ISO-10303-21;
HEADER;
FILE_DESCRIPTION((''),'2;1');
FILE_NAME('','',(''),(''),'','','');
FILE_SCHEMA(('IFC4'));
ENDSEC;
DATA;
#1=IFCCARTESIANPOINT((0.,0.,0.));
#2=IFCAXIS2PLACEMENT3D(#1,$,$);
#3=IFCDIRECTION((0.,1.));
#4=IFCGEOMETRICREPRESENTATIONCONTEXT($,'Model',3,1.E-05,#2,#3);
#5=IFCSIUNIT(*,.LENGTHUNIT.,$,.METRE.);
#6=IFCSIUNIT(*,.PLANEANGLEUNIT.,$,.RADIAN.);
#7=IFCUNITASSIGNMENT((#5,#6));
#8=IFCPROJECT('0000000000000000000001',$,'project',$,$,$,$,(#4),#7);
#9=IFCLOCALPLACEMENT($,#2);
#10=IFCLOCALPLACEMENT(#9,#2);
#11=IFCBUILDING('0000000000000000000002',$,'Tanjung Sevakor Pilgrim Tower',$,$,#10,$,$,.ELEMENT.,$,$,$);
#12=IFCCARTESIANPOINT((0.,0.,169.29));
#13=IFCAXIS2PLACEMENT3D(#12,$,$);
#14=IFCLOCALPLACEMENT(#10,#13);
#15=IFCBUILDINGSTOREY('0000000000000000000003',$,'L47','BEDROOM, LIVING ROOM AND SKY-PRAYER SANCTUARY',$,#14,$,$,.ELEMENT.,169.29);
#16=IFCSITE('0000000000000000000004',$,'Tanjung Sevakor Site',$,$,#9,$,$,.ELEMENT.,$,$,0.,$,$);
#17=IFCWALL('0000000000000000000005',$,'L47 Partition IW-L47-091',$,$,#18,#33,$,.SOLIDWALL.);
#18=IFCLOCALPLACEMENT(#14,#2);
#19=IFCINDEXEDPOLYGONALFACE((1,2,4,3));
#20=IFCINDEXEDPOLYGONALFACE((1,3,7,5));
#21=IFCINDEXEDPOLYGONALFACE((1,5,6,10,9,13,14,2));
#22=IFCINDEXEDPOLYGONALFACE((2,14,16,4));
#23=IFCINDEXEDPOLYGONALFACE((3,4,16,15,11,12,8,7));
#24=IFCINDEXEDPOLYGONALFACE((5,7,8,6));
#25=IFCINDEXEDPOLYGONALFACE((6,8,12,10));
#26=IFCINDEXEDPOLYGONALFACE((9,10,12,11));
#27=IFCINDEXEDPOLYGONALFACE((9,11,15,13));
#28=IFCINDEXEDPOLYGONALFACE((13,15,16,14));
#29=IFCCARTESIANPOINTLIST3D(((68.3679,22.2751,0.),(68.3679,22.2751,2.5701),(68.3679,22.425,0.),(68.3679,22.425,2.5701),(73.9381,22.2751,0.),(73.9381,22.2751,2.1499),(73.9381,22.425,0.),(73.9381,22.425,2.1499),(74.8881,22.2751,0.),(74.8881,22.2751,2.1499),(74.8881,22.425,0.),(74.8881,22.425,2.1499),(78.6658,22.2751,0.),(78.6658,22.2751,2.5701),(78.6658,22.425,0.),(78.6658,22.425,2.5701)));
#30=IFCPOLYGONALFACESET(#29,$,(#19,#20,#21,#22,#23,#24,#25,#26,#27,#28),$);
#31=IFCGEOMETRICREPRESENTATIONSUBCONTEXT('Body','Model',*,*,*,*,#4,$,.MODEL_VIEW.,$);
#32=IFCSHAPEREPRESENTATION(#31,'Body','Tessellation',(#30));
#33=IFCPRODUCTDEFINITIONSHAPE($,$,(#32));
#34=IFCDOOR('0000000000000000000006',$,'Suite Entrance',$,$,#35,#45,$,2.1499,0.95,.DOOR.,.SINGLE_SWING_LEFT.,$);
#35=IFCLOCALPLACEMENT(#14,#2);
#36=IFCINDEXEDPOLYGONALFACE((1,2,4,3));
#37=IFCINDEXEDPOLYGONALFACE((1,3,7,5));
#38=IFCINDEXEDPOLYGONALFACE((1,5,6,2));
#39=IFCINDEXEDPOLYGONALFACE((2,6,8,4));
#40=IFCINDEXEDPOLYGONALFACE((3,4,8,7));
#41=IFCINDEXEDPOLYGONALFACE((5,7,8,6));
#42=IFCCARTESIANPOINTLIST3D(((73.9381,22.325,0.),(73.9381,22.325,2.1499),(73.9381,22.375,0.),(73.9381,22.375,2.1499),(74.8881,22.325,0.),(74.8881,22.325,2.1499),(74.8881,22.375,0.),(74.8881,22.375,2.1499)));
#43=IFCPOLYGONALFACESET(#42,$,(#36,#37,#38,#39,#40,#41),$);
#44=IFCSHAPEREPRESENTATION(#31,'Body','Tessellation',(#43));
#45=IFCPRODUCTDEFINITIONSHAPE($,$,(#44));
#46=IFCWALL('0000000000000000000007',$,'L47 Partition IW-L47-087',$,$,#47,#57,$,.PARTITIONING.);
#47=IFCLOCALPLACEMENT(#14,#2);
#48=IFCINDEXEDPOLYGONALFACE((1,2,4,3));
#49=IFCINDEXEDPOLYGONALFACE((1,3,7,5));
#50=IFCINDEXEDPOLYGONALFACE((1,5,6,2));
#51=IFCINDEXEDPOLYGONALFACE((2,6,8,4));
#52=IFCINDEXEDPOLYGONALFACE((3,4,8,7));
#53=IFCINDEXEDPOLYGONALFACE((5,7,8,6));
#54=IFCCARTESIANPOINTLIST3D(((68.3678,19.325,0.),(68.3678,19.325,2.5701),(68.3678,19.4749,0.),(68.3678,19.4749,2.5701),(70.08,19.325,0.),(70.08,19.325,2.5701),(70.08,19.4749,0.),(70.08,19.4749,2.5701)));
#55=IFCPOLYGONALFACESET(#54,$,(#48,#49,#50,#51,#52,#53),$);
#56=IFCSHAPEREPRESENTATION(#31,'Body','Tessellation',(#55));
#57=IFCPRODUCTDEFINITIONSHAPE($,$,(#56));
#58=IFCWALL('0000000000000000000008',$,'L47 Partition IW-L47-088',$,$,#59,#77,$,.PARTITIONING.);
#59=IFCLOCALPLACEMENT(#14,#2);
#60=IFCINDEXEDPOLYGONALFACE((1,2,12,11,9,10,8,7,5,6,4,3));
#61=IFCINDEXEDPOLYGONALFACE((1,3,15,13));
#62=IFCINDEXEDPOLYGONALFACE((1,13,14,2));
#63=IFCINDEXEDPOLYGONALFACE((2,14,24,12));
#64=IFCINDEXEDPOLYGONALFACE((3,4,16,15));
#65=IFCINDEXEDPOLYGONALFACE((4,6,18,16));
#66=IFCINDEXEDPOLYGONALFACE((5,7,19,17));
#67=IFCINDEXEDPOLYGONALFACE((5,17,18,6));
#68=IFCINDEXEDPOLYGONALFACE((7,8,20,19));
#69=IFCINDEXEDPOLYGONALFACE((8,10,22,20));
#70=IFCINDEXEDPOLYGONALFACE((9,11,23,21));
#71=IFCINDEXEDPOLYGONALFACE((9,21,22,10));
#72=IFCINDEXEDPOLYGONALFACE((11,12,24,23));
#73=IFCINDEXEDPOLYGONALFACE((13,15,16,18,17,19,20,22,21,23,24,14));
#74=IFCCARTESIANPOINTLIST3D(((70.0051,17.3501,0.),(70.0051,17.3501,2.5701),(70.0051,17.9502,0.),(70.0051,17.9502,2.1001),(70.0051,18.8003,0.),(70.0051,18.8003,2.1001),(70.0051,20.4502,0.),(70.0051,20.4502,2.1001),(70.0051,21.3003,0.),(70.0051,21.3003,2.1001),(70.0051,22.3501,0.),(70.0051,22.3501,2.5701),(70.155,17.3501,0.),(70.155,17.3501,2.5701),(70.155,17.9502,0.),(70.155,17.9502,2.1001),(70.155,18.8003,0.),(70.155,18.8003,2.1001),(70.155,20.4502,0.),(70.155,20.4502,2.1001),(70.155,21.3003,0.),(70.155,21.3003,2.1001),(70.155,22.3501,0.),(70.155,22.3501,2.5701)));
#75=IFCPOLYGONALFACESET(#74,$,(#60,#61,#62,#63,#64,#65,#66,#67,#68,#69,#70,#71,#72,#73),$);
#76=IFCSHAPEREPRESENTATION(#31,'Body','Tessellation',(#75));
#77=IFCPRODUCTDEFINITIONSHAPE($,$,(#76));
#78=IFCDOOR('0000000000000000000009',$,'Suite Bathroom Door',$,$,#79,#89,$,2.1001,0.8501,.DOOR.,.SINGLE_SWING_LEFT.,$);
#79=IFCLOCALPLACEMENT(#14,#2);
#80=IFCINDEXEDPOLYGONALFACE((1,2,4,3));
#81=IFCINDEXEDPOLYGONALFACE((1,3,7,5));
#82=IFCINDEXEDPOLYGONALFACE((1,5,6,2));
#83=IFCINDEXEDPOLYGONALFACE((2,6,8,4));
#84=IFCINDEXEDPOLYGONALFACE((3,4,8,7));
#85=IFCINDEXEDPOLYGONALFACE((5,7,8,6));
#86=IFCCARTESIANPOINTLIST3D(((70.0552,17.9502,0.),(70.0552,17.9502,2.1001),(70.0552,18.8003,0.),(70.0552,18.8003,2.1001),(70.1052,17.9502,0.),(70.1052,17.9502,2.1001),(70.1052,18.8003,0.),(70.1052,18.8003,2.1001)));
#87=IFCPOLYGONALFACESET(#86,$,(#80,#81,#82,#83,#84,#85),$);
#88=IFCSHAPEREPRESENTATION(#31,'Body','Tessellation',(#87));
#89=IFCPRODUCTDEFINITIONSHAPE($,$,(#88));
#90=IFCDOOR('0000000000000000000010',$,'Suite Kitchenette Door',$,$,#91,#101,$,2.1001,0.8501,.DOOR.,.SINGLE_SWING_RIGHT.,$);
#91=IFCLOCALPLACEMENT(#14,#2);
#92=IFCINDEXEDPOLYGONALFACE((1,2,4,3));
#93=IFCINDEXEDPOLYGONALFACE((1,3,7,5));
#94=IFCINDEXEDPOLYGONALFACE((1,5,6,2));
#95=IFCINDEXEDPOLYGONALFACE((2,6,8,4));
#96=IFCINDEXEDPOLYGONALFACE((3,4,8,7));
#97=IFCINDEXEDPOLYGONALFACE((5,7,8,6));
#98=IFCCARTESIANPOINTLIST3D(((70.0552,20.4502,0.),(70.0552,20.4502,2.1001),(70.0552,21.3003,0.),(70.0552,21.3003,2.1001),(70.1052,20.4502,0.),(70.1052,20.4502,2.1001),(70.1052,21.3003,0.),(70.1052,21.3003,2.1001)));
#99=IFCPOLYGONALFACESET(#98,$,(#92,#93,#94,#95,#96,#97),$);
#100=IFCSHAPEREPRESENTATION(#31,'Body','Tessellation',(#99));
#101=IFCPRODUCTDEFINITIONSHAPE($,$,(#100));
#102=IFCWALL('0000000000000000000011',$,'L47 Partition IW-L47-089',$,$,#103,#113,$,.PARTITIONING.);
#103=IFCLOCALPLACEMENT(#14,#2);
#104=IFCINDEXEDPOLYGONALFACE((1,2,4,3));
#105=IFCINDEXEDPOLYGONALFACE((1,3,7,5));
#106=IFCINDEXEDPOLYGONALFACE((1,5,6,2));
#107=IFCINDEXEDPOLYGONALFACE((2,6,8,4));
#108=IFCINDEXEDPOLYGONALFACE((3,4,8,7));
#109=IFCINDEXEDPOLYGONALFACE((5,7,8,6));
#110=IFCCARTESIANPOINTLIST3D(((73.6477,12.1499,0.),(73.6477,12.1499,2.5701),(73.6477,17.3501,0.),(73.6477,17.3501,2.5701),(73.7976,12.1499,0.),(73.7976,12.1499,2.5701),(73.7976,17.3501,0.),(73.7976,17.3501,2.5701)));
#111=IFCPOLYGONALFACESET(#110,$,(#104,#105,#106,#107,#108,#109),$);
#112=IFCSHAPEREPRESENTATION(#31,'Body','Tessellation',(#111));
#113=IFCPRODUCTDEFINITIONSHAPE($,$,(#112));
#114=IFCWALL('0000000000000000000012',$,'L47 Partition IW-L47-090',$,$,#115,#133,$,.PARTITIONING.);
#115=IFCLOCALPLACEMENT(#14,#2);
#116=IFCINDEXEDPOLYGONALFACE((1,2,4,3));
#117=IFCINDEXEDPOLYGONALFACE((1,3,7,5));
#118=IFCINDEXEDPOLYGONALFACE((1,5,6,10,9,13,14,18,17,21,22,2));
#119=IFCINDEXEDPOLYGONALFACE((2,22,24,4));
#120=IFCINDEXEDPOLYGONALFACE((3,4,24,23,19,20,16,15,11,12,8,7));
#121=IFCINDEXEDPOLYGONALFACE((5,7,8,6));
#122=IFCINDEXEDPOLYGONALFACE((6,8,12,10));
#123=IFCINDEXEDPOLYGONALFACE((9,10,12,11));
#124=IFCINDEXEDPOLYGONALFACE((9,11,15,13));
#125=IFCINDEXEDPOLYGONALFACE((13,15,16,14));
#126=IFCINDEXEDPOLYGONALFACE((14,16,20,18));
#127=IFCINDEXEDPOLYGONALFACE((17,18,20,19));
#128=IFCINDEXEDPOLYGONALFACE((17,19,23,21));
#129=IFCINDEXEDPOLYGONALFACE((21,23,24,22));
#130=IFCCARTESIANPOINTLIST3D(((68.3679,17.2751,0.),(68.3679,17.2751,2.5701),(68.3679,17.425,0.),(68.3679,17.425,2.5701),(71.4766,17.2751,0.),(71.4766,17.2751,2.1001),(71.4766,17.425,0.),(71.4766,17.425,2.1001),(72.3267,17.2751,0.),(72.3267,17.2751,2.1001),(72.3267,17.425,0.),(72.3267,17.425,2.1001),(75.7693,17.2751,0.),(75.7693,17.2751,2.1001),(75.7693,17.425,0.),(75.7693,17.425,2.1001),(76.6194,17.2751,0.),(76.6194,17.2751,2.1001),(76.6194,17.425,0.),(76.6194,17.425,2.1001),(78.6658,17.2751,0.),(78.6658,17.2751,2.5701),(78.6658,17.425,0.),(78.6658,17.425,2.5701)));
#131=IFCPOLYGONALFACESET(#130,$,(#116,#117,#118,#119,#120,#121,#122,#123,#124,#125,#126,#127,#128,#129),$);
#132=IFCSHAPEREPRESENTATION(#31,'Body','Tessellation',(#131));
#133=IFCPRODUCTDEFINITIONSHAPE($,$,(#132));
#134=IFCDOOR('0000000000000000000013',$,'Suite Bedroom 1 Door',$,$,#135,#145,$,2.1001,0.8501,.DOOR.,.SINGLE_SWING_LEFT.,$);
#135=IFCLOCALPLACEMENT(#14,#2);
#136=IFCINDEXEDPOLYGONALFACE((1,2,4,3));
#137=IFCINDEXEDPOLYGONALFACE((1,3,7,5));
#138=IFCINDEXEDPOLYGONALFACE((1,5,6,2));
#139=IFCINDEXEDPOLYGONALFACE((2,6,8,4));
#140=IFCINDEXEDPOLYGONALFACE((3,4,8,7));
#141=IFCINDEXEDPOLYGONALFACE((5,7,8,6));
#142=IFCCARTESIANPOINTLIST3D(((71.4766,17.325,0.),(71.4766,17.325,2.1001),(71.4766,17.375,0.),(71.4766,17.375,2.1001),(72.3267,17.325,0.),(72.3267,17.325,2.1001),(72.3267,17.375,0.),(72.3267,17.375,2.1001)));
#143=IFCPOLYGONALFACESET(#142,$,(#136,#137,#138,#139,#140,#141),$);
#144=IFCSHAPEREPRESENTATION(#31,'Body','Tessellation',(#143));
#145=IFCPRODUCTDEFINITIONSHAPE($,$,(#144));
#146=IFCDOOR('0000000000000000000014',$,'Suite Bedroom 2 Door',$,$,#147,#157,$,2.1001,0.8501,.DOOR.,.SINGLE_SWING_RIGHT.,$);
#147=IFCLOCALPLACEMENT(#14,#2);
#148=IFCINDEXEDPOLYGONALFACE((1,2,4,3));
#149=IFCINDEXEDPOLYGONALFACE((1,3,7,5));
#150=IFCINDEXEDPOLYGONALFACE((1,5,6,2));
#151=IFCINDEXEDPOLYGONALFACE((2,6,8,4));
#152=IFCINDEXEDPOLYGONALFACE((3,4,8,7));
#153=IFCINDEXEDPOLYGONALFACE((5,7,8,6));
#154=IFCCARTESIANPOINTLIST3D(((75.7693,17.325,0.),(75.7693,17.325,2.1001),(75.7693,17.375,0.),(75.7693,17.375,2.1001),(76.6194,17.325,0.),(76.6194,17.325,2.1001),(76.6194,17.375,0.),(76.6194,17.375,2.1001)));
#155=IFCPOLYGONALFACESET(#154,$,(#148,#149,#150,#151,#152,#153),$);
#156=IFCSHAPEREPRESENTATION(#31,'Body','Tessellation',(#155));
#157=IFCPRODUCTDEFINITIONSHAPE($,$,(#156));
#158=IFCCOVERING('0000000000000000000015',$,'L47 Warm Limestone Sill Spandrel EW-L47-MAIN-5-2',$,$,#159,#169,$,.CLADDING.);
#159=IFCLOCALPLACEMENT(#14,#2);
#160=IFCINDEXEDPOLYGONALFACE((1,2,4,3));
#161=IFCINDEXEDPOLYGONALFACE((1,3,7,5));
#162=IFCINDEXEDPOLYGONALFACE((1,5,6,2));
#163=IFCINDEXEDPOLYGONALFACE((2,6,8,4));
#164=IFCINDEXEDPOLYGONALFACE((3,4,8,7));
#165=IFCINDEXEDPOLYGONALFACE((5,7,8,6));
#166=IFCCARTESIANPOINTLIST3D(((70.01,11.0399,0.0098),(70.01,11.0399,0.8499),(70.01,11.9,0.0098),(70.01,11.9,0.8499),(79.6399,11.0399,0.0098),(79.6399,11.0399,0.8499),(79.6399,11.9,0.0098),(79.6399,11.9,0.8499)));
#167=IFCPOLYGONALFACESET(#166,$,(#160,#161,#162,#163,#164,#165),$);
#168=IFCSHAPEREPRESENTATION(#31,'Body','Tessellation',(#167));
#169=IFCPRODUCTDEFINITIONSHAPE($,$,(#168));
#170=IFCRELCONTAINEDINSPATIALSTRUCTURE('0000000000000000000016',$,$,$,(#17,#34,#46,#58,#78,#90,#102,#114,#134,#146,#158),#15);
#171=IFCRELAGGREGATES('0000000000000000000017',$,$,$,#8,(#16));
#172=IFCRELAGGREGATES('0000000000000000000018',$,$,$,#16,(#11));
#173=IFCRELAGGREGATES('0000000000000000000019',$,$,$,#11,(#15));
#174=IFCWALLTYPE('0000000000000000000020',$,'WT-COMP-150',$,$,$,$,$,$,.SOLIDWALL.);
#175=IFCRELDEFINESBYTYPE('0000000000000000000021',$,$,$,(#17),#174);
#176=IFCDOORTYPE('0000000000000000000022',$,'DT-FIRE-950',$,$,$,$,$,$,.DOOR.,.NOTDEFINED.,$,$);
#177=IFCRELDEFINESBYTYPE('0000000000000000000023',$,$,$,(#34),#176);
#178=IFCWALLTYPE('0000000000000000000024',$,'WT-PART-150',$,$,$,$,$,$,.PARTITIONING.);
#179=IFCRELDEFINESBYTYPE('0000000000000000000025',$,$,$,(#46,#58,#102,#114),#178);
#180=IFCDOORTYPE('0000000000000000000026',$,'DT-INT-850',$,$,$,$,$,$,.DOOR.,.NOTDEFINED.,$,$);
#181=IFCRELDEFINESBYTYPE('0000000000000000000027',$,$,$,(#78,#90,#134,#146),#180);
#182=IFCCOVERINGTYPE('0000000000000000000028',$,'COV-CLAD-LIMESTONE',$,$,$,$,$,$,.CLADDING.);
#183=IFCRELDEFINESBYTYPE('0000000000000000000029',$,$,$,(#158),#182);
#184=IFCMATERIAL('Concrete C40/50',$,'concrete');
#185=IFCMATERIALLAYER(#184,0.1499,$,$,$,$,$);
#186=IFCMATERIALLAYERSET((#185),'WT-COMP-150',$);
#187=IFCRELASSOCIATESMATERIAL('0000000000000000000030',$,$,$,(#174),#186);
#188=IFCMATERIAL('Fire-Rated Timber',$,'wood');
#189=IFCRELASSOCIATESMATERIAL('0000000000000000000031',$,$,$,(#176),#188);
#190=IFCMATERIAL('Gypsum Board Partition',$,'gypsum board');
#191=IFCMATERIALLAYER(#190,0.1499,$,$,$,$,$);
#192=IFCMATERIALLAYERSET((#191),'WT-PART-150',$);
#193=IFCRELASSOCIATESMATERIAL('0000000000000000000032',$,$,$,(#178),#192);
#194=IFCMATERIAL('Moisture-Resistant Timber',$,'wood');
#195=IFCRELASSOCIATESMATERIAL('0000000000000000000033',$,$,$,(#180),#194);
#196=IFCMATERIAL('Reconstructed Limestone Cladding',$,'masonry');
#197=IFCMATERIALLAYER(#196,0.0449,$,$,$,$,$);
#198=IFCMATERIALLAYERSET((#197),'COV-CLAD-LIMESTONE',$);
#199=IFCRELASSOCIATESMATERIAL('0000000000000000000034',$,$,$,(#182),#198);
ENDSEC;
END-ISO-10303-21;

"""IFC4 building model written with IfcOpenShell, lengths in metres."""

from ifc_helpers import new_model, si_unit, direction, frame, frame_2d, origin, origin_2d, place, context, subcontext, project, spatial, rectangle, extrude, material, layer, layer_set, type_object, element, fill, save


model = new_model("IFC4")

# Units and contexts
model_context = context("Model", 3, precision=1e-05, world=origin(), true_north=direction((0.0, 1.0)))
body_context = subcontext(model_context, "Body", "Model", "MODEL_VIEW")
ifc_project = project(units=[si_unit("LENGTHUNIT", "METRE"), si_unit("PLANEANGLEUNIT", "RADIAN")], contexts=[model_context])

# Site, building, storey
site_placement = place(None, origin())
site = spatial("IfcSite", under=ifc_project, at=site_placement, Name="Tanjung Sevakor Site", CompositionType="ELEMENT", RefElevation=0.0)
building_placement = place(site_placement, origin())
building = spatial("IfcBuilding", under=site, at=building_placement, Name="Tanjung Sevakor Pilgrim Tower", CompositionType="ELEMENT")
storey_placement = place(building_placement, frame((0.0, 0.0, 169.29)))
storey = spatial("IfcBuildingStorey", under=building, at=storey_placement, Name="L47", Description="BEDROOM, LIVING ROOM AND SKY-PRAYER SANCTUARY", CompositionType="ELEMENT", Elevation=169.29)

# Shared definitions
ifc_material_1 = material(Name="Concrete C40/50", Category="concrete")
ifc_layer_1 = layer(ifc_material_1, 0.1499)
ifc_layer_set_1 = layer_set([ifc_layer_1], Name="WT-COMP-150")
wall_type_1 = type_object("IfcWallType", Name="WT-COMP-150", PredefinedType="SOLIDWALL", material=ifc_layer_set_1)

# Wall, opening, door
wall_1_placement = place(storey_placement, frame((68.3679, 22.3501, 0.0), z_axis=(0.0, 0.0, 1.0), x_axis=(1.0, 0.0, 0.0)))
wall_1 = element("IfcWall", 1, at=wall_1_placement, inside=storey, type_object=wall_type_1, Name="L47 Partition IW-L47-091", PredefinedType="SOLIDWALL", context=body_context, shape_type="SweptSolid", body=[
    extrude(rectangle(XDim=10.2979, YDim=0.1499, at=frame_2d((5.1489, 0.0))), origin(), (0.0, 0.0, 1.0), 2.5701),
])
opening_1_placement = place(wall_1_placement, frame((5.5701, 0.0, 0.0)))
opening_1 = element("IfcOpeningElement", 2, at=opening_1_placement, cuts=wall_1, PredefinedType="OPENING", context=body_context, shape_type="SweptSolid", body=[
    extrude(rectangle(XDim=0.95, YDim=2.1499, at=frame_2d((0.4751, 1.075))), frame((0.0, 0.085, 0.0), z_axis=(0.0, -1.0, 0.0), x_axis=(1.0, 0.0, 0.0)), (0.0, 0.0, 1.0), 0.1699),
])
ifc_material_2 = material(Name="Fire-Rated Timber", Category="wood")
door_type_1 = type_object("IfcDoorType", Name="DT-FIRE-950", OperationType="NOTDEFINED", PredefinedType="DOOR", material=ifc_material_2)
door_1_placement = place(opening_1_placement, origin())
door_1 = element("IfcDoor", 3, at=door_1_placement, inside=storey, type_object=door_type_1, Name="Suite Entrance", OperationType="SINGLE_SWING_LEFT", OverallHeight=2.1499, OverallWidth=0.95, PredefinedType="DOOR", context=body_context, shape_type="SweptSolid", body=[
    extrude(rectangle(XDim=0.95, YDim=2.1499, at=frame_2d((0.4751, 1.075))), frame((0.0, 0.0249, 0.0), z_axis=(0.0, -1.0, 0.0), x_axis=(1.0, 0.0, 0.0)), (0.0, 0.0, 1.0), 0.05),
])
fill(opening_1, door_1)

# Wall
ifc_material_3 = material(Name="Gypsum Board Partition", Category="gypsum board")
ifc_layer_2 = layer(ifc_material_3, 0.1499)
ifc_layer_set_2 = layer_set([ifc_layer_2], Name="WT-PART-150")
wall_type_2 = type_object("IfcWallType", Name="WT-PART-150", PredefinedType="PARTITIONING", material=ifc_layer_set_2)
wall_2_placement = place(storey_placement, frame((68.3679, 19.3999, 0.0), z_axis=(0.0, 0.0, 1.0), x_axis=(1.0, 0.0, 0.0)))
element("IfcWall", 4, at=wall_2_placement, inside=storey, type_object=wall_type_2, Name="L47 Partition IW-L47-087", PredefinedType="PARTITIONING", context=body_context, shape_type="SweptSolid", body=[
    extrude(rectangle(XDim=1.7122, YDim=0.1499, at=frame_2d((0.856, 0.0))), origin(), (0.0, 0.0, 1.0), 2.5701),
])

# Wall, openings, doors
wall_3_placement = place(storey_placement, frame((70.0801, 17.3501, 0.0), z_axis=(0.0, 0.0, 1.0), x_axis=(0.0, 1.0, 0.0)))
wall_3 = element("IfcWall", 5, at=wall_3_placement, inside=storey, type_object=wall_type_2, Name="L47 Partition IW-L47-088", PredefinedType="PARTITIONING", context=body_context, shape_type="SweptSolid", body=[
    extrude(rectangle(XDim=5.0, YDim=0.1499, at=frame_2d((2.5, 0.0))), origin(), (0.0, 0.0, 1.0), 2.5701),
])
opening_2_placement = place(wall_3_placement, frame((0.6001, 0.0, 0.0)))
opening_2 = element("IfcOpeningElement", 6, at=opening_2_placement, cuts=wall_3, PredefinedType="OPENING", context=body_context, shape_type="SweptSolid", body=[
    extrude(rectangle(XDim=0.8501, YDim=2.1001, at=frame_2d((0.425, 1.05))), frame((0.0, 0.085, 0.0), z_axis=(0.0, -1.0, 0.0), x_axis=(1.0, 0.0, 0.0)), (0.0, 0.0, 1.0), 0.1699),
])
opening_3_placement = place(wall_3_placement, frame((3.1001, 0.0, 0.0)))
opening_3 = element("IfcOpeningElement", 7, at=opening_3_placement, cuts=wall_3, PredefinedType="OPENING", context=body_context, shape_type="SweptSolid", body=[
    extrude(rectangle(XDim=0.8501, YDim=2.1001, at=frame_2d((0.425, 1.05))), frame((0.0, 0.085, 0.0), z_axis=(0.0, -1.0, 0.0), x_axis=(1.0, 0.0, 0.0)), (0.0, 0.0, 1.0), 0.1699),
])
ifc_material_4 = material(Name="Moisture-Resistant Timber", Category="wood")
door_type_2 = type_object("IfcDoorType", Name="DT-INT-850", OperationType="NOTDEFINED", PredefinedType="DOOR", material=ifc_material_4)
door_2_placement = place(opening_2_placement, origin())
door_2 = element("IfcDoor", 8, at=door_2_placement, inside=storey, type_object=door_type_2, Name="Suite Bathroom Door", OperationType="SINGLE_SWING_LEFT", OverallHeight=2.1001, OverallWidth=0.8501, PredefinedType="DOOR", context=body_context, shape_type="SweptSolid", body=[
    extrude(rectangle(XDim=0.8501, YDim=2.1001, at=frame_2d((0.425, 1.05))), frame((0.0, 0.0249, 0.0), z_axis=(0.0, -1.0, 0.0), x_axis=(1.0, 0.0, 0.0)), (0.0, 0.0, 1.0), 0.05),
])
fill(opening_2, door_2)
door_3_placement = place(opening_3_placement, origin())
door_3 = element("IfcDoor", 9, at=door_3_placement, inside=storey, type_object=door_type_2, Name="Suite Kitchenette Door", OperationType="SINGLE_SWING_RIGHT", OverallHeight=2.1001, OverallWidth=0.8501, PredefinedType="DOOR", context=body_context, shape_type="SweptSolid", body=[
    extrude(rectangle(XDim=0.8501, YDim=2.1001, at=frame_2d((0.425, 1.05))), frame((0.0, 0.0249, 0.0), z_axis=(0.0, -1.0, 0.0), x_axis=(1.0, 0.0, 0.0)), (0.0, 0.0, 1.0), 0.05),
])
fill(opening_3, door_3)

# Wall
wall_4_placement = place(storey_placement, frame((73.7227, 12.1499, 0.0), z_axis=(0.0, 0.0, 1.0), x_axis=(0.0, 1.0, 0.0)))
element("IfcWall", 10, at=wall_4_placement, inside=storey, type_object=wall_type_2, Name="L47 Partition IW-L47-089", PredefinedType="PARTITIONING", context=body_context, shape_type="SweptSolid", body=[
    extrude(rectangle(XDim=5.2002, YDim=0.1499, at=frame_2d((2.6001, 0.0))), origin(), (0.0, 0.0, 1.0), 2.5701),
])

# Wall, openings, doors
wall_5_placement = place(storey_placement, frame((68.3679, 17.3501, 0.0), z_axis=(0.0, 0.0, 1.0), x_axis=(1.0, 0.0, 0.0)))
wall_5 = element("IfcWall", 11, at=wall_5_placement, inside=storey, type_object=wall_type_2, Name="L47 Partition IW-L47-090", PredefinedType="PARTITIONING", context=body_context, shape_type="SweptSolid", body=[
    extrude(rectangle(XDim=10.2979, YDim=0.1499, at=frame_2d((5.1489, 0.0))), origin(), (0.0, 0.0, 1.0), 2.5701),
])
opening_4_placement = place(wall_5_placement, frame((3.1086, 0.0, 0.0)))
opening_4 = element("IfcOpeningElement", 12, at=opening_4_placement, cuts=wall_5, PredefinedType="OPENING", context=body_context, shape_type="SweptSolid", body=[
    extrude(rectangle(XDim=0.8501, YDim=2.1001, at=frame_2d((0.425, 1.05))), frame((0.0, 0.085, 0.0), z_axis=(0.0, -1.0, 0.0), x_axis=(1.0, 0.0, 0.0)), (0.0, 0.0, 1.0), 0.1699),
])
opening_5_placement = place(wall_5_placement, frame((7.4014, 0.0, 0.0)))
opening_5 = element("IfcOpeningElement", 13, at=opening_5_placement, cuts=wall_5, PredefinedType="OPENING", context=body_context, shape_type="SweptSolid", body=[
    extrude(rectangle(XDim=0.8501, YDim=2.1001, at=frame_2d((0.425, 1.05))), frame((0.0, 0.085, 0.0), z_axis=(0.0, -1.0, 0.0), x_axis=(1.0, 0.0, 0.0)), (0.0, 0.0, 1.0), 0.1699),
])
door_4_placement = place(opening_4_placement, origin())
door_4 = element("IfcDoor", 14, at=door_4_placement, inside=storey, type_object=door_type_2, Name="Suite Bedroom 1 Door", OperationType="SINGLE_SWING_LEFT", OverallHeight=2.1001, OverallWidth=0.8501, PredefinedType="DOOR", context=body_context, shape_type="SweptSolid", body=[
    extrude(rectangle(XDim=0.8501, YDim=2.1001, at=frame_2d((0.425, 1.05))), frame((0.0, 0.0249, 0.0), z_axis=(0.0, -1.0, 0.0), x_axis=(1.0, 0.0, 0.0)), (0.0, 0.0, 1.0), 0.05),
])
fill(opening_4, door_4)
door_5_placement = place(opening_5_placement, origin())
door_5 = element("IfcDoor", 15, at=door_5_placement, inside=storey, type_object=door_type_2, Name="Suite Bedroom 2 Door", OperationType="SINGLE_SWING_RIGHT", OverallHeight=2.1001, OverallWidth=0.8501, PredefinedType="DOOR", context=body_context, shape_type="SweptSolid", body=[
    extrude(rectangle(XDim=0.8501, YDim=2.1001, at=frame_2d((0.425, 1.05))), frame((0.0, 0.0249, 0.0), z_axis=(0.0, -1.0, 0.0), x_axis=(1.0, 0.0, 0.0)), (0.0, 0.0, 1.0), 0.05),
])
fill(opening_5, door_5)

# Covering
ifc_material_5 = material(Name="Reconstructed Limestone Cladding", Category="masonry")
ifc_layer_3 = layer(ifc_material_5, 0.0449)
ifc_layer_set_3 = layer_set([ifc_layer_3], Name="COV-CLAD-LIMESTONE")
covering_type = type_object("IfcCoveringType", Name="COV-CLAD-LIMESTONE", PredefinedType="CLADDING", material=ifc_layer_set_3)
covering_placement = place(storey_placement, frame((74.825, 11.47, 0.0098), z_axis=(0.0, 0.0, 1.0), x_axis=(1.0, 0.0, 0.0)))
element("IfcCovering", 16, at=covering_placement, inside=storey, type_object=covering_type, Name="L47 Warm Limestone Sill Spandrel EW-L47-MAIN-5-2", PredefinedType="CLADDING", context=body_context, shape_type="SweptSolid", body=[
    extrude(rectangle(XDim=9.6299, YDim=0.8601, at=origin_2d()), origin(), (0.0, 0.0, 1.0), 0.8401),
])

save(model, "model.ifc")
